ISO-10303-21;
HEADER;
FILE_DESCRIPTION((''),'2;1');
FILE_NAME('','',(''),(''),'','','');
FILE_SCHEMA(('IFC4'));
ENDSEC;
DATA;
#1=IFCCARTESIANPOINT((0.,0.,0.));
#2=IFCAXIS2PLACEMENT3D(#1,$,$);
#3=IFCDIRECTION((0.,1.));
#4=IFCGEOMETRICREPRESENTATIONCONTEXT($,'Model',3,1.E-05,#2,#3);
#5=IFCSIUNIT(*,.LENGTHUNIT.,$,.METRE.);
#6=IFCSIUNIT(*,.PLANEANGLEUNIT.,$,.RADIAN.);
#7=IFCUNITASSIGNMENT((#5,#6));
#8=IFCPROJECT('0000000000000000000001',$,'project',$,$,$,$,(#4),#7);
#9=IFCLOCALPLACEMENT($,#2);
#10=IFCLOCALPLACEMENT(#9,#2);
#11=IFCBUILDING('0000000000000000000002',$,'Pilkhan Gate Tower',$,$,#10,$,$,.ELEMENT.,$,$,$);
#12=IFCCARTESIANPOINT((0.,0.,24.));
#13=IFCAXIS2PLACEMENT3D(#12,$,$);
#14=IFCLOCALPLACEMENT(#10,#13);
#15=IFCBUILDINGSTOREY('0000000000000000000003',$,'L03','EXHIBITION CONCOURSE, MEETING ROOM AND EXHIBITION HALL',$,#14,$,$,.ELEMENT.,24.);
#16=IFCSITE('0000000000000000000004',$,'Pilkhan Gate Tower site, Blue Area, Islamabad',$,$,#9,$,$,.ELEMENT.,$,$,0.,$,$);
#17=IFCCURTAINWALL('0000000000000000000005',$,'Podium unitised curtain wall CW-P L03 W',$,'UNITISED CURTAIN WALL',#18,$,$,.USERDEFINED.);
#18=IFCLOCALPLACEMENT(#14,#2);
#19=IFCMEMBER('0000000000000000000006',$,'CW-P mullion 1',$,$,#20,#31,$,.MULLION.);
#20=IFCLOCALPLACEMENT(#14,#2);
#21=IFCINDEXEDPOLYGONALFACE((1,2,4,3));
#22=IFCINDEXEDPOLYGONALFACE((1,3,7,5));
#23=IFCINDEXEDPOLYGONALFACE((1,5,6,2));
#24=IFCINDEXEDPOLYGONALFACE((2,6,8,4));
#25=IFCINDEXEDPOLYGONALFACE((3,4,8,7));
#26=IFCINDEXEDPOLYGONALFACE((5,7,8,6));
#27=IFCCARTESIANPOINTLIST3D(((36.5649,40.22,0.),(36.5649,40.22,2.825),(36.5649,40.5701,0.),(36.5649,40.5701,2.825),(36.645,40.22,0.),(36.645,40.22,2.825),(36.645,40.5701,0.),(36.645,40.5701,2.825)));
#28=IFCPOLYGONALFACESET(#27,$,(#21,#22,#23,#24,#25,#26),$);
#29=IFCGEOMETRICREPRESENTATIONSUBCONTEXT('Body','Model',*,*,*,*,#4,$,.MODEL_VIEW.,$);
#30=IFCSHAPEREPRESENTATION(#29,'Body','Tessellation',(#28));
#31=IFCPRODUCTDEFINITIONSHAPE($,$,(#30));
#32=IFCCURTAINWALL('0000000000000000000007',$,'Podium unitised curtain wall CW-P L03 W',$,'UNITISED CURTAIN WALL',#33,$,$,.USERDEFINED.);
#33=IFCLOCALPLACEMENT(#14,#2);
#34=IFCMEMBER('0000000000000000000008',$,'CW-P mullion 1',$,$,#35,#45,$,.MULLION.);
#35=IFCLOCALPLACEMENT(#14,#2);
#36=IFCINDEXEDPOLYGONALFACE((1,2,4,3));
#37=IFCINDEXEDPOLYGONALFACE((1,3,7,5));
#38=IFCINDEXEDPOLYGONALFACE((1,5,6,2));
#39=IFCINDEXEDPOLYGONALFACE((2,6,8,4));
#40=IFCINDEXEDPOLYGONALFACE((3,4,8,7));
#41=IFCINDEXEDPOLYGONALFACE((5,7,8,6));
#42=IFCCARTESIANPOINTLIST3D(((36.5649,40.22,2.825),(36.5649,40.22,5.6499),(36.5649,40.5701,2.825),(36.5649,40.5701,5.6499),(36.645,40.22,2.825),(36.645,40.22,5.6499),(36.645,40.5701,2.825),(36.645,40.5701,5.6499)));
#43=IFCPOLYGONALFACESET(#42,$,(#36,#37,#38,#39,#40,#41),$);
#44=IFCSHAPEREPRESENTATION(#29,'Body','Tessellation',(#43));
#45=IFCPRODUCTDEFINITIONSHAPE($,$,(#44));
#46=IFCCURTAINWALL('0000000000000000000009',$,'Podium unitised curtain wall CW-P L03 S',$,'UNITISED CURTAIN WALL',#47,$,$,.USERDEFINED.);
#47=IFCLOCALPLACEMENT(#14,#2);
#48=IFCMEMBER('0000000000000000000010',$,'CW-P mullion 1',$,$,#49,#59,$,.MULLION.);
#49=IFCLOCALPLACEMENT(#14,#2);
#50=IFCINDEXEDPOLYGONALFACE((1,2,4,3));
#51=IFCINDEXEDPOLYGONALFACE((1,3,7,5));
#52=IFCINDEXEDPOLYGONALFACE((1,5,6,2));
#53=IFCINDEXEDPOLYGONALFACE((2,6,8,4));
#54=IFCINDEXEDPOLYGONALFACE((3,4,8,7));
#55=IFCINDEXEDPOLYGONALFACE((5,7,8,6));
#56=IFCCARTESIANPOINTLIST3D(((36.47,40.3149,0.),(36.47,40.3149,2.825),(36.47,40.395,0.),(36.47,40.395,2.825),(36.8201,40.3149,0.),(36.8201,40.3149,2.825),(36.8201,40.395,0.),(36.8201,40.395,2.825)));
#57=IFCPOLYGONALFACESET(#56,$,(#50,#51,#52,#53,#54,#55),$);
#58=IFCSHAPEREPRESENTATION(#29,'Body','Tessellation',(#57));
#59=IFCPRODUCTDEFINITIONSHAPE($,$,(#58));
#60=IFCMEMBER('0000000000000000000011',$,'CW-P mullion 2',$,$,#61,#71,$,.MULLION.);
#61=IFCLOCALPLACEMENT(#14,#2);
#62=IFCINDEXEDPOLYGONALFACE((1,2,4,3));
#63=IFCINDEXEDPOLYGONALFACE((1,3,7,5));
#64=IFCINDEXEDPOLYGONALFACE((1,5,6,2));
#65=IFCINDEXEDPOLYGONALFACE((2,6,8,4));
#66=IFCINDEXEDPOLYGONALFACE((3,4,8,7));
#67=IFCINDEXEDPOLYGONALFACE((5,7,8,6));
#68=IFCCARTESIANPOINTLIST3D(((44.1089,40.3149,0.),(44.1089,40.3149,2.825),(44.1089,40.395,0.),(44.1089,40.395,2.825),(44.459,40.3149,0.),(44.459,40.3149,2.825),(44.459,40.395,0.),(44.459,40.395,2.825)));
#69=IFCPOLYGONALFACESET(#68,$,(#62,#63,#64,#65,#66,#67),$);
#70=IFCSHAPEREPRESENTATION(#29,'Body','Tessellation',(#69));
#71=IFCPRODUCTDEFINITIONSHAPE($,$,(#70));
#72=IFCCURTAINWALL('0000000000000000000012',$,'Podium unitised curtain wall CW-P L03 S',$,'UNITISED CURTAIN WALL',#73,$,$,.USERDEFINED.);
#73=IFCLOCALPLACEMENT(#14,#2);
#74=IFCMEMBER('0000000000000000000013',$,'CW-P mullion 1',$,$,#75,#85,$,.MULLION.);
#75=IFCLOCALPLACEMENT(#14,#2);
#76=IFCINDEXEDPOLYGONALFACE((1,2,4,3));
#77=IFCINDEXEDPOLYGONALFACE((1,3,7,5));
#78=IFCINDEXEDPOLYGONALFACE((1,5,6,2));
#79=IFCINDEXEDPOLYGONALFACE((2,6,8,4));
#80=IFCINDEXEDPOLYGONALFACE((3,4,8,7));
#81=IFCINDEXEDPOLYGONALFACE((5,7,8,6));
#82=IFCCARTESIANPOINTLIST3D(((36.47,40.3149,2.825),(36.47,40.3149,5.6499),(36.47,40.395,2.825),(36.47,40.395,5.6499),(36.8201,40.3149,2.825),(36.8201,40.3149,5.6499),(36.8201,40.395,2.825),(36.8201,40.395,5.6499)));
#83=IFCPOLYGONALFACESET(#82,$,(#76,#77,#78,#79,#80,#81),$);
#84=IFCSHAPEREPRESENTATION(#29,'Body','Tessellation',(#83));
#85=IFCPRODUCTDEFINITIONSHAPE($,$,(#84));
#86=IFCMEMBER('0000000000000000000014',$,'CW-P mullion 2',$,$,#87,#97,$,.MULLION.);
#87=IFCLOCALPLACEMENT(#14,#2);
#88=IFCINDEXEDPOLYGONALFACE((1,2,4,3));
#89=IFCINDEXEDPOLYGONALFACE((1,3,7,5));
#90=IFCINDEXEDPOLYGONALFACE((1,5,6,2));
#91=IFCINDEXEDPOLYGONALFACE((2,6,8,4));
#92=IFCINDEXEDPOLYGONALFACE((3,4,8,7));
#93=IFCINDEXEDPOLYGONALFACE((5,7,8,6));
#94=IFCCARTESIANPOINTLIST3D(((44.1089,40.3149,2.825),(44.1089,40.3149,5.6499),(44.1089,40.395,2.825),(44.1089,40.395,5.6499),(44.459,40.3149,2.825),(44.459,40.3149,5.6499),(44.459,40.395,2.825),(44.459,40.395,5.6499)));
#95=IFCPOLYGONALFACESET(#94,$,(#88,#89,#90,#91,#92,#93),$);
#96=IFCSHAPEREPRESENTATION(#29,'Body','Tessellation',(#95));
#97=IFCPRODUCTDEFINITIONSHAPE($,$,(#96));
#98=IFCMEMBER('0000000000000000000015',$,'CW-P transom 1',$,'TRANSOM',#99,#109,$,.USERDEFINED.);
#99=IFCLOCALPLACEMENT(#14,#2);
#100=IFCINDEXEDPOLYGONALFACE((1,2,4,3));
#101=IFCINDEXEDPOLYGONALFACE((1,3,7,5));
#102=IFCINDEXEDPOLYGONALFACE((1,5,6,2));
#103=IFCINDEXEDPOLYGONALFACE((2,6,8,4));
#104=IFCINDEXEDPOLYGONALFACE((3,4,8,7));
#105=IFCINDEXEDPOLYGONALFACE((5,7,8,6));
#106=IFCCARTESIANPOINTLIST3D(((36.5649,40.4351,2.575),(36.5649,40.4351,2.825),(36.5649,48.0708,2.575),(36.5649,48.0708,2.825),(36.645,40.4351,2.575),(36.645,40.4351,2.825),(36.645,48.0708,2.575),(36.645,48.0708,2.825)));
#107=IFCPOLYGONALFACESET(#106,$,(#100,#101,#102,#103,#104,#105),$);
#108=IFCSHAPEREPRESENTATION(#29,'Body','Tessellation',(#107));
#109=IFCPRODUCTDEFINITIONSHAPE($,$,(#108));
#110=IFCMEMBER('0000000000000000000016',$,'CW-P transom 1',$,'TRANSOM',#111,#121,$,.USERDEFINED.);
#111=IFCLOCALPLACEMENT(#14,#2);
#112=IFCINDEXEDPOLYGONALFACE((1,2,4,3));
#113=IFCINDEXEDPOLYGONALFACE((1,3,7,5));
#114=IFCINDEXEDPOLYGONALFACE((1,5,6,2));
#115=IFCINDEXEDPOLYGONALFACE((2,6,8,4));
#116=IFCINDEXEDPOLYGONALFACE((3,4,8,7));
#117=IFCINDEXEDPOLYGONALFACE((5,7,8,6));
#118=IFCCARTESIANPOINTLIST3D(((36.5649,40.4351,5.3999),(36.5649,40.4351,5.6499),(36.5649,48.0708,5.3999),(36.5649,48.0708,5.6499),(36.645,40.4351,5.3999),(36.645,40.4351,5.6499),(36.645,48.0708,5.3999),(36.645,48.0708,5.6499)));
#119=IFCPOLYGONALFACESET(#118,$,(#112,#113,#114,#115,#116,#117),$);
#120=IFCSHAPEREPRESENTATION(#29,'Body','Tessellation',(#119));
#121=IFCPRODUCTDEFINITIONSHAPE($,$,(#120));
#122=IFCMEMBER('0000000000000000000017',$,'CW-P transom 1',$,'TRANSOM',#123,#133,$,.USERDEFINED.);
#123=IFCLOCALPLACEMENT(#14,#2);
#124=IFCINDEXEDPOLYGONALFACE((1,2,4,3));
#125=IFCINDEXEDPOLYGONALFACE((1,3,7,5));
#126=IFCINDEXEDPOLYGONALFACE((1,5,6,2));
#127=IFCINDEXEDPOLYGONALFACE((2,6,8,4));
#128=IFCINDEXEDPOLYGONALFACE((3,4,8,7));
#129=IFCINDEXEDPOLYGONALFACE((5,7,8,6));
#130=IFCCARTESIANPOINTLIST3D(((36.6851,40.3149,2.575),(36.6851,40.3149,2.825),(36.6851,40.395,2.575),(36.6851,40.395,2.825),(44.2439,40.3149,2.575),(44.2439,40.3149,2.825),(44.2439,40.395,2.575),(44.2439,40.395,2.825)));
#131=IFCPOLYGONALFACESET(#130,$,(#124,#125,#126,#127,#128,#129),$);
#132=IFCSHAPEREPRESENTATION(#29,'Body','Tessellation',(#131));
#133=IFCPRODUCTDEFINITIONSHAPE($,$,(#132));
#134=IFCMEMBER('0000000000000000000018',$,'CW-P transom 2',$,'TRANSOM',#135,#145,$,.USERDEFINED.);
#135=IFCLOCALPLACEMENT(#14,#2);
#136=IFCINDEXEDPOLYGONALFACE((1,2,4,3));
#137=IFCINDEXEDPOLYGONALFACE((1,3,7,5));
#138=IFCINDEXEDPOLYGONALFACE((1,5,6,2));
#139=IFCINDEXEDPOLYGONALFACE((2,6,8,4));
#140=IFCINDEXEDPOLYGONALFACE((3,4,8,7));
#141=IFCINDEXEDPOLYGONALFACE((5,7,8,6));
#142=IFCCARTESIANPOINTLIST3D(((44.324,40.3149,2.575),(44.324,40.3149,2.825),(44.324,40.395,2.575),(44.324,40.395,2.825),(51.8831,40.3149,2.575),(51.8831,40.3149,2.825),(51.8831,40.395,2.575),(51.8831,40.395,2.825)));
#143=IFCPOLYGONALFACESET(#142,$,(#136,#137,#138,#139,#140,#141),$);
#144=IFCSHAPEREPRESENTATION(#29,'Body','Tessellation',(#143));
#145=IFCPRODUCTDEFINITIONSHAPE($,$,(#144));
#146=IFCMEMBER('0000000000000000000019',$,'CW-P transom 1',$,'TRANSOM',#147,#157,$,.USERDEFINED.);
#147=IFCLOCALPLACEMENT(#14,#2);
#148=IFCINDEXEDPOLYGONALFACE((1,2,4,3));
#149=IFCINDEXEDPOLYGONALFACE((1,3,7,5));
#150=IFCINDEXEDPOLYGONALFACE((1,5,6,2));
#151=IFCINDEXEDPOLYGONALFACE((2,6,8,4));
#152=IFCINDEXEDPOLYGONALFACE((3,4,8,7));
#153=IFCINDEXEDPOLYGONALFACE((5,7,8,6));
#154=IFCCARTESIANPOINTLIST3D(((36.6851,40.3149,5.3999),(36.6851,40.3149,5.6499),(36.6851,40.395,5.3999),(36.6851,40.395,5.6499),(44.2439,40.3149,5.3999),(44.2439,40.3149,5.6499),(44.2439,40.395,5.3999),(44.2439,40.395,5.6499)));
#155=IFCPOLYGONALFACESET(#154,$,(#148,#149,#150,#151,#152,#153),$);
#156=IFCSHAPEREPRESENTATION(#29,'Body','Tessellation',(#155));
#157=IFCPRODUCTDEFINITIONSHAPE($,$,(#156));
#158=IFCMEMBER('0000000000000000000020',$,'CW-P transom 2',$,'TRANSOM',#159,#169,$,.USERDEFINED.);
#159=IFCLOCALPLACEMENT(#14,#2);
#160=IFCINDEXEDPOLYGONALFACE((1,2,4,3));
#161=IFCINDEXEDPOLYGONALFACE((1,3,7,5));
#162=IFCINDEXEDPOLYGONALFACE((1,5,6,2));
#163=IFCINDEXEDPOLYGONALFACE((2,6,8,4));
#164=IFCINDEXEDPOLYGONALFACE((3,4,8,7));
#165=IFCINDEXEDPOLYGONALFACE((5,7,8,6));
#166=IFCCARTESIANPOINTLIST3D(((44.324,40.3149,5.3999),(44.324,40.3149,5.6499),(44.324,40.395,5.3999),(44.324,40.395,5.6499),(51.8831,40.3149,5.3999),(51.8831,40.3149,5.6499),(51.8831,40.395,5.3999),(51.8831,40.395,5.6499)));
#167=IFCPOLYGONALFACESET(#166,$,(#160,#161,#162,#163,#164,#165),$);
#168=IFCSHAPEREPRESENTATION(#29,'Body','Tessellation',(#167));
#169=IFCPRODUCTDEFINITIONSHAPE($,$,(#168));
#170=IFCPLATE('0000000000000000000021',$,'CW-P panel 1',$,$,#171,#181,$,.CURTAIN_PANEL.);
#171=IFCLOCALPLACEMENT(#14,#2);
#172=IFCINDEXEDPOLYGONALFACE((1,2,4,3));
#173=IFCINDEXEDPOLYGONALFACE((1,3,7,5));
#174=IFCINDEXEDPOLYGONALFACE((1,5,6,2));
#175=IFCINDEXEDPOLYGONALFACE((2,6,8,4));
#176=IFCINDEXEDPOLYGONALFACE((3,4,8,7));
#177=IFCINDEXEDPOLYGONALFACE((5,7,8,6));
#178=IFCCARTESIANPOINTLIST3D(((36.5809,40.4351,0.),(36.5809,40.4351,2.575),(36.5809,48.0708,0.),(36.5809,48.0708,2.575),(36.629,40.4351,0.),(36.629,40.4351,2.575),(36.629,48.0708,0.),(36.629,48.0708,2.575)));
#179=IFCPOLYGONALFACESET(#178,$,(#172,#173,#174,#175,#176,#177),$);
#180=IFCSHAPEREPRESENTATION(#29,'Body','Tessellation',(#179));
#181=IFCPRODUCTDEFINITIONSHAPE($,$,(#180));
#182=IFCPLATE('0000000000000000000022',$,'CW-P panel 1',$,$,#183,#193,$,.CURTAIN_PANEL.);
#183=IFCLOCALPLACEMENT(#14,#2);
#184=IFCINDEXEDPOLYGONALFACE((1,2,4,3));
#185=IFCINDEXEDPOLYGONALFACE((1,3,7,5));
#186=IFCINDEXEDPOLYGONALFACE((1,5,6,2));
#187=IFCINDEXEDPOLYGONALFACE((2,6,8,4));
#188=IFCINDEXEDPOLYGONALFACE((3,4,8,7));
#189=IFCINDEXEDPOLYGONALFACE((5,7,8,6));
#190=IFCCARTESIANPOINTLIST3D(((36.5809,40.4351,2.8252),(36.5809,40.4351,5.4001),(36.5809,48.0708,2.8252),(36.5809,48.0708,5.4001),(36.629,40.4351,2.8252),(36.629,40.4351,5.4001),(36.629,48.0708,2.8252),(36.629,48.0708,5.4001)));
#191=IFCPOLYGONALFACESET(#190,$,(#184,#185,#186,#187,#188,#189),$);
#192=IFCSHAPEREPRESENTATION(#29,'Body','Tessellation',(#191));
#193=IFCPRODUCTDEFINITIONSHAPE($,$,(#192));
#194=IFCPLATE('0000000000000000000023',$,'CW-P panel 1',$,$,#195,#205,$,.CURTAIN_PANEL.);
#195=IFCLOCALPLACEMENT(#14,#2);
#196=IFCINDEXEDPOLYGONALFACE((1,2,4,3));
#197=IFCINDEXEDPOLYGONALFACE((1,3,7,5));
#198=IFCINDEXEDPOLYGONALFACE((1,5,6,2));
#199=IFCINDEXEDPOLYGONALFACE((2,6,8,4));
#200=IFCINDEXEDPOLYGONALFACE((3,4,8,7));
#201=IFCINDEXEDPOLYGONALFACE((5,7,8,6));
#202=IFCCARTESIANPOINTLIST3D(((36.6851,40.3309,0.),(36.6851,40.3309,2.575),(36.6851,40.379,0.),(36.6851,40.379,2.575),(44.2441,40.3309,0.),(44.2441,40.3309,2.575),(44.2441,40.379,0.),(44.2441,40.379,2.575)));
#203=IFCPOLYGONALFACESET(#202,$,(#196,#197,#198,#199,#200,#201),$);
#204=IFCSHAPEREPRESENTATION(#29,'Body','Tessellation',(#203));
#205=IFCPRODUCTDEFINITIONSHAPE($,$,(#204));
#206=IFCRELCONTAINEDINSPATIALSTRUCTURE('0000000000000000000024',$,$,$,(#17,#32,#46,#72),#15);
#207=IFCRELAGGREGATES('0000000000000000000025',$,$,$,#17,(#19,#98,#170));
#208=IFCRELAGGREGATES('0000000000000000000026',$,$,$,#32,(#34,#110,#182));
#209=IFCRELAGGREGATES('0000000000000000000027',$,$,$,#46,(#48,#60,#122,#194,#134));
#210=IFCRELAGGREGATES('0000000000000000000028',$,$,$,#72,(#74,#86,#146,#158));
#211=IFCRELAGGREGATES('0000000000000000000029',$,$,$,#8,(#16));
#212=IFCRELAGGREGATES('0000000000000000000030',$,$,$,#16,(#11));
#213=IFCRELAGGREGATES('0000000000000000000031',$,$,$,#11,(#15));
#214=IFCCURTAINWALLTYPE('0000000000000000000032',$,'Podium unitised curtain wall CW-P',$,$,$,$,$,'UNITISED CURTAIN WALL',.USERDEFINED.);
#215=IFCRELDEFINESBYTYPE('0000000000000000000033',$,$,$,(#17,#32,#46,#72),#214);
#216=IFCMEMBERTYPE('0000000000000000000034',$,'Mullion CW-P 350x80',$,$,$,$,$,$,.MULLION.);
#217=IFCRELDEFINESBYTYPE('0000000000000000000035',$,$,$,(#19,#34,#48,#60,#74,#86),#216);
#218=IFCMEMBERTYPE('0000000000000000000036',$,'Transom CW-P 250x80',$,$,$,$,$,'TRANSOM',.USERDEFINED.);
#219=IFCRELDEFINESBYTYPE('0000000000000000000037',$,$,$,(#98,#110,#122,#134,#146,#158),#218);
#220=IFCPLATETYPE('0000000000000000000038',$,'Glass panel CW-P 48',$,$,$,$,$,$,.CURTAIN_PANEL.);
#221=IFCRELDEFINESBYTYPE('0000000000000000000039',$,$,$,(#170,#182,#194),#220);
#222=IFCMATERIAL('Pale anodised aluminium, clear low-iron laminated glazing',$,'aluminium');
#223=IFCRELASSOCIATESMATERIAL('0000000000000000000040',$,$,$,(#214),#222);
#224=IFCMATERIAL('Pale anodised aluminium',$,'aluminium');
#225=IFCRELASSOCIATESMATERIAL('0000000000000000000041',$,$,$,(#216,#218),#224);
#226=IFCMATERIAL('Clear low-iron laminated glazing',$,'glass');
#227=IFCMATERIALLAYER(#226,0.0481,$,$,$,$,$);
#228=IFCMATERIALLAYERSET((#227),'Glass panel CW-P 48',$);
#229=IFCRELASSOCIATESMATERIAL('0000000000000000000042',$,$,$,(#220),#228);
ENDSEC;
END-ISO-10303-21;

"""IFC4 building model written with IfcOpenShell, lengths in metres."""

from ifc_helpers import new_model, si_unit, direction, frame, origin, origin_2d, place, context, subcontext, project, spatial, rectangle, extrude, material, layer, layer_set, material_profile, profile_set, type_object, element, aggregate, save


model = new_model("IFC4")

# Units and contexts
model_context = context("Model", 3, precision=1e-05, world=origin(), true_north=direction((0.0, 1.0)))
body_context = subcontext(model_context, "Body", "Model", "MODEL_VIEW")
ifc_project = project(units=[si_unit("LENGTHUNIT", "METRE"), si_unit("PLANEANGLEUNIT", "RADIAN")], contexts=[model_context])

# Site, building, storey
site_placement = place(None, origin())
site = spatial("IfcSite", under=ifc_project, at=site_placement, Name="Pilkhan Gate Tower site, Blue Area, Islamabad", CompositionType="ELEMENT", RefElevation=0.0)
building_placement = place(site_placement, origin())
building = spatial("IfcBuilding", under=site, at=building_placement, Name="Pilkhan Gate Tower", CompositionType="ELEMENT")
storey_placement = place(building_placement, frame((0.0, 0.0, 24.0)))
storey = spatial("IfcBuildingStorey", under=building, at=storey_placement, Name="L03", Description="EXHIBITION CONCOURSE, MEETING ROOM AND EXHIBITION HALL", CompositionType="ELEMENT", Elevation=24.0)

# Curtain walls, members
ifc_material_1 = material(Name="Pale anodised aluminium, clear low-iron laminated glazing", Category="aluminium")
curtain_wall_type = type_object("IfcCurtainWallType", Name="Podium unitised curtain wall CW-P", ElementType="UNITISED CURTAIN WALL", PredefinedType="USERDEFINED", material=ifc_material_1)
curtain_wall_1_placement = place(storey_placement, origin())
curtain_wall_1 = element("IfcCurtainWall", 1, at=curtain_wall_1_placement, inside=storey, type_object=curtain_wall_type, Name="Podium unitised curtain wall CW-P L03 W", ObjectType="UNITISED CURTAIN WALL", PredefinedType="USERDEFINED")
ifc_material_2 = material(Name="Pale anodised aluminium", Category="aluminium")
ifc_material_profile_1 = material_profile(ifc_material_2, rectangle(XDim=0.0801, YDim=0.3501, at=origin_2d()), Name="Mullion 350x80")
ifc_profile_set_1 = profile_set([ifc_material_profile_1], Name="Pale anodised aluminium")
member_type_1 = type_object("IfcMemberType", Name="Mullion CW-P 350x80", PredefinedType="MULLION", material=ifc_profile_set_1)
member_1_placement = place(storey_placement, frame((36.605, 40.395, 0.0), z_axis=(0.0, 0.0, 1.0), x_axis=(-1.0, 0.0, 0.0)))
member_1 = element("IfcMember", 2, at=member_1_placement, type_object=member_type_1, Name="CW-P mullion 1", PredefinedType="MULLION", context=body_context, shape_type="SweptSolid", body=[
    extrude(rectangle(XDim=0.0801, YDim=0.3501, at=origin_2d()), origin(), (0.0, 0.0, 1.0), 2.825),
])
curtain_wall_2_placement = place(storey_placement, origin())
curtain_wall_2 = element("IfcCurtainWall", 3, at=curtain_wall_2_placement, inside=storey, type_object=curtain_wall_type, Name="Podium unitised curtain wall CW-P L03 W", ObjectType="UNITISED CURTAIN WALL", PredefinedType="USERDEFINED")
member_2_placement = place(storey_placement, frame((36.605, 40.395, 2.825), z_axis=(0.0, 0.0, 1.0), x_axis=(-1.0, 0.0, 0.0)))
member_2 = element("IfcMember", 4, at=member_2_placement, type_object=member_type_1, Name="CW-P mullion 1", PredefinedType="MULLION", context=body_context, shape_type="SweptSolid", body=[
    extrude(rectangle(XDim=0.0801, YDim=0.3501, at=origin_2d()), origin(), (0.0, 0.0, 1.0), 2.825),
])

# Curtain walls, members
curtain_wall_3_placement = place(storey_placement, origin())
curtain_wall_3 = element("IfcCurtainWall", 5, at=curtain_wall_3_placement, inside=storey, type_object=curtain_wall_type, Name="Podium unitised curtain wall CW-P L03 S", ObjectType="UNITISED CURTAIN WALL", PredefinedType="USERDEFINED")
member_3_placement = place(storey_placement, frame((36.645, 40.355, 0.0), z_axis=(0.0, 0.0, 1.0), x_axis=(0.0, 1.0, 0.0)))
member_3 = element("IfcMember", 6, at=member_3_placement, type_object=member_type_1, Name="CW-P mullion 1", PredefinedType="MULLION", context=body_context, shape_type="SweptSolid", body=[
    extrude(rectangle(XDim=0.0801, YDim=0.3501, at=origin_2d()), origin(), (0.0, 0.0, 1.0), 2.825),
])
member_4_placement = place(storey_placement, frame((44.2839, 40.355, 0.0), z_axis=(0.0, 0.0, 1.0), x_axis=(0.0, 1.0, 0.0)))
member_4 = element("IfcMember", 7, at=member_4_placement, type_object=member_type_1, Name="CW-P mullion 2", PredefinedType="MULLION", context=body_context, shape_type="SweptSolid", body=[
    extrude(rectangle(XDim=0.0801, YDim=0.3501, at=origin_2d()), origin(), (0.0, 0.0, 1.0), 2.825),
])
curtain_wall_4_placement = place(storey_placement, origin())
curtain_wall_4 = element("IfcCurtainWall", 8, at=curtain_wall_4_placement, inside=storey, type_object=curtain_wall_type, Name="Podium unitised curtain wall CW-P L03 S", ObjectType="UNITISED CURTAIN WALL", PredefinedType="USERDEFINED")
member_5_placement = place(storey_placement, frame((36.645, 40.355, 2.825), z_axis=(0.0, 0.0, 1.0), x_axis=(0.0, 1.0, 0.0)))
member_5 = element("IfcMember", 9, at=member_5_placement, type_object=member_type_1, Name="CW-P mullion 1", PredefinedType="MULLION", context=body_context, shape_type="SweptSolid", body=[
    extrude(rectangle(XDim=0.0801, YDim=0.3501, at=origin_2d()), origin(), (0.0, 0.0, 1.0), 2.825),
])
member_6_placement = place(storey_placement, frame((44.2839, 40.355, 2.825), z_axis=(0.0, 0.0, 1.0), x_axis=(0.0, 1.0, 0.0)))
member_6 = element("IfcMember", 10, at=member_6_placement, type_object=member_type_1, Name="CW-P mullion 2", PredefinedType="MULLION", context=body_context, shape_type="SweptSolid", body=[
    extrude(rectangle(XDim=0.0801, YDim=0.3501, at=origin_2d()), origin(), (0.0, 0.0, 1.0), 2.825),
])

# Members
ifc_material_profile_2 = material_profile(ifc_material_2, rectangle(XDim=0.0801, YDim=0.25, at=origin_2d()), Name="Transom 250x80")
ifc_profile_set_2 = profile_set([ifc_material_profile_2], Name="Pale anodised aluminium")
member_type_2 = type_object("IfcMemberType", Name="Transom CW-P 250x80", ElementType="TRANSOM", PredefinedType="USERDEFINED", material=ifc_profile_set_2)
member_7_placement = place(storey_placement, frame((36.605, 40.4351, 2.7), z_axis=(0.0, 1.0, 0.0), x_axis=(-1.0, 0.0, 0.0)))
member_7 = element("IfcMember", 11, at=member_7_placement, type_object=member_type_2, Name="CW-P transom 1", ObjectType="TRANSOM", PredefinedType="USERDEFINED", context=body_context, shape_type="SweptSolid", body=[
    extrude(rectangle(XDim=0.0801, YDim=0.25, at=origin_2d()), origin(), (0.0, 0.0, 1.0), 7.6357),
])
member_8_placement = place(storey_placement, frame((36.605, 40.4351, 5.5249), z_axis=(0.0, 1.0, 0.0), x_axis=(-1.0, 0.0, 0.0)))
member_8 = element("IfcMember", 12, at=member_8_placement, type_object=member_type_2, Name="CW-P transom 1", ObjectType="TRANSOM", PredefinedType="USERDEFINED", context=body_context, shape_type="SweptSolid", body=[
    extrude(rectangle(XDim=0.0801, YDim=0.25, at=origin_2d()), origin(), (0.0, 0.0, 1.0), 7.6357),
])
member_9_placement = place(storey_placement, frame((36.6851, 40.355, 2.7), z_axis=(1.0, 0.0, 0.0), x_axis=(0.0, 1.0, 0.0)))
member_9 = element("IfcMember", 13, at=member_9_placement, type_object=member_type_2, Name="CW-P transom 1", ObjectType="TRANSOM", PredefinedType="USERDEFINED", context=body_context, shape_type="SweptSolid", body=[
    extrude(rectangle(XDim=0.0801, YDim=0.25, at=origin_2d()), origin(), (0.0, 0.0, 1.0), 7.5588),
])
member_10_placement = place(storey_placement, frame((44.324, 40.355, 2.7), z_axis=(1.0, 0.0, 0.0), x_axis=(0.0, 1.0, 0.0)))
member_10 = element("IfcMember", 14, at=member_10_placement, type_object=member_type_2, Name="CW-P transom 2", ObjectType="TRANSOM", PredefinedType="USERDEFINED", context=body_context, shape_type="SweptSolid", body=[
    extrude(rectangle(XDim=0.0801, YDim=0.25, at=origin_2d()), origin(), (0.0, 0.0, 1.0), 7.5591),
])
member_11_placement = place(storey_placement, frame((36.6851, 40.355, 5.5249), z_axis=(1.0, 0.0, 0.0), x_axis=(0.0, 1.0, 0.0)))
member_11 = element("IfcMember", 15, at=member_11_placement, type_object=member_type_2, Name="CW-P transom 1", ObjectType="TRANSOM", PredefinedType="USERDEFINED", context=body_context, shape_type="SweptSolid", body=[
    extrude(rectangle(XDim=0.0801, YDim=0.25, at=origin_2d()), origin(), (0.0, 0.0, 1.0), 7.5588),
])
member_12_placement = place(storey_placement, frame((44.324, 40.355, 5.5249), z_axis=(1.0, 0.0, 0.0), x_axis=(0.0, 1.0, 0.0)))
member_12 = element("IfcMember", 16, at=member_12_placement, type_object=member_type_2, Name="CW-P transom 2", ObjectType="TRANSOM", PredefinedType="USERDEFINED", context=body_context, shape_type="SweptSolid", body=[
    extrude(rectangle(XDim=0.0801, YDim=0.25, at=origin_2d()), origin(), (0.0, 0.0, 1.0), 7.5591),
])

# Plates
ifc_material_3 = material(Name="Clear low-iron laminated glazing", Category="glass")
ifc_layer_1 = layer(ifc_material_3, 0.0481)
ifc_layer_set_1 = layer_set([ifc_layer_1], Name="Glass panel CW-P 48")
plate_type = type_object("IfcPlateType", Name="Glass panel CW-P 48", PredefinedType="CURTAIN_PANEL", material=ifc_layer_set_1)
plate_1_placement = place(storey_placement, frame((36.605, 44.2529, 0.0), z_axis=(0.0, 0.0, 1.0), x_axis=(0.0, 1.0, 0.0)))
plate_1 = element("IfcPlate", 17, at=plate_1_placement, type_object=plate_type, Name="CW-P panel 1", PredefinedType="CURTAIN_PANEL", context=body_context, shape_type="SweptSolid", body=[
    extrude(rectangle(XDim=7.6357, YDim=0.0481, at=origin_2d()), origin(), (0.0, 0.0, 1.0), 2.575),
])
aggregate(curtain_wall_1, [member_1, member_7, plate_1])
plate_2_placement = place(storey_placement, frame((36.605, 44.2529, 2.8252), z_axis=(0.0, 0.0, 1.0), x_axis=(0.0, 1.0, 0.0)))
plate_2 = element("IfcPlate", 18, at=plate_2_placement, type_object=plate_type, Name="CW-P panel 1", PredefinedType="CURTAIN_PANEL", context=body_context, shape_type="SweptSolid", body=[
    extrude(rectangle(XDim=7.6357, YDim=0.0481, at=origin_2d()), origin(), (0.0, 0.0, 1.0), 2.575),
])
aggregate(curtain_wall_2, [member_2, member_8, plate_2])
plate_3_placement = place(storey_placement, frame((40.4646, 40.355, 0.0), z_axis=(0.0, 0.0, 1.0), x_axis=(1.0, 0.0, 0.0)))
plate_3 = element("IfcPlate", 19, at=plate_3_placement, type_object=plate_type, Name="CW-P panel 1", PredefinedType="CURTAIN_PANEL", context=body_context, shape_type="SweptSolid", body=[
    extrude(rectangle(XDim=7.5591, YDim=0.0481, at=origin_2d()), origin(), (0.0, 0.0, 1.0), 2.575),
])
aggregate(curtain_wall_3, [member_3, member_4, member_9, plate_3, member_10])
aggregate(curtain_wall_4, [member_5, member_6, member_11, member_12])

save(model, "model.ifc")
